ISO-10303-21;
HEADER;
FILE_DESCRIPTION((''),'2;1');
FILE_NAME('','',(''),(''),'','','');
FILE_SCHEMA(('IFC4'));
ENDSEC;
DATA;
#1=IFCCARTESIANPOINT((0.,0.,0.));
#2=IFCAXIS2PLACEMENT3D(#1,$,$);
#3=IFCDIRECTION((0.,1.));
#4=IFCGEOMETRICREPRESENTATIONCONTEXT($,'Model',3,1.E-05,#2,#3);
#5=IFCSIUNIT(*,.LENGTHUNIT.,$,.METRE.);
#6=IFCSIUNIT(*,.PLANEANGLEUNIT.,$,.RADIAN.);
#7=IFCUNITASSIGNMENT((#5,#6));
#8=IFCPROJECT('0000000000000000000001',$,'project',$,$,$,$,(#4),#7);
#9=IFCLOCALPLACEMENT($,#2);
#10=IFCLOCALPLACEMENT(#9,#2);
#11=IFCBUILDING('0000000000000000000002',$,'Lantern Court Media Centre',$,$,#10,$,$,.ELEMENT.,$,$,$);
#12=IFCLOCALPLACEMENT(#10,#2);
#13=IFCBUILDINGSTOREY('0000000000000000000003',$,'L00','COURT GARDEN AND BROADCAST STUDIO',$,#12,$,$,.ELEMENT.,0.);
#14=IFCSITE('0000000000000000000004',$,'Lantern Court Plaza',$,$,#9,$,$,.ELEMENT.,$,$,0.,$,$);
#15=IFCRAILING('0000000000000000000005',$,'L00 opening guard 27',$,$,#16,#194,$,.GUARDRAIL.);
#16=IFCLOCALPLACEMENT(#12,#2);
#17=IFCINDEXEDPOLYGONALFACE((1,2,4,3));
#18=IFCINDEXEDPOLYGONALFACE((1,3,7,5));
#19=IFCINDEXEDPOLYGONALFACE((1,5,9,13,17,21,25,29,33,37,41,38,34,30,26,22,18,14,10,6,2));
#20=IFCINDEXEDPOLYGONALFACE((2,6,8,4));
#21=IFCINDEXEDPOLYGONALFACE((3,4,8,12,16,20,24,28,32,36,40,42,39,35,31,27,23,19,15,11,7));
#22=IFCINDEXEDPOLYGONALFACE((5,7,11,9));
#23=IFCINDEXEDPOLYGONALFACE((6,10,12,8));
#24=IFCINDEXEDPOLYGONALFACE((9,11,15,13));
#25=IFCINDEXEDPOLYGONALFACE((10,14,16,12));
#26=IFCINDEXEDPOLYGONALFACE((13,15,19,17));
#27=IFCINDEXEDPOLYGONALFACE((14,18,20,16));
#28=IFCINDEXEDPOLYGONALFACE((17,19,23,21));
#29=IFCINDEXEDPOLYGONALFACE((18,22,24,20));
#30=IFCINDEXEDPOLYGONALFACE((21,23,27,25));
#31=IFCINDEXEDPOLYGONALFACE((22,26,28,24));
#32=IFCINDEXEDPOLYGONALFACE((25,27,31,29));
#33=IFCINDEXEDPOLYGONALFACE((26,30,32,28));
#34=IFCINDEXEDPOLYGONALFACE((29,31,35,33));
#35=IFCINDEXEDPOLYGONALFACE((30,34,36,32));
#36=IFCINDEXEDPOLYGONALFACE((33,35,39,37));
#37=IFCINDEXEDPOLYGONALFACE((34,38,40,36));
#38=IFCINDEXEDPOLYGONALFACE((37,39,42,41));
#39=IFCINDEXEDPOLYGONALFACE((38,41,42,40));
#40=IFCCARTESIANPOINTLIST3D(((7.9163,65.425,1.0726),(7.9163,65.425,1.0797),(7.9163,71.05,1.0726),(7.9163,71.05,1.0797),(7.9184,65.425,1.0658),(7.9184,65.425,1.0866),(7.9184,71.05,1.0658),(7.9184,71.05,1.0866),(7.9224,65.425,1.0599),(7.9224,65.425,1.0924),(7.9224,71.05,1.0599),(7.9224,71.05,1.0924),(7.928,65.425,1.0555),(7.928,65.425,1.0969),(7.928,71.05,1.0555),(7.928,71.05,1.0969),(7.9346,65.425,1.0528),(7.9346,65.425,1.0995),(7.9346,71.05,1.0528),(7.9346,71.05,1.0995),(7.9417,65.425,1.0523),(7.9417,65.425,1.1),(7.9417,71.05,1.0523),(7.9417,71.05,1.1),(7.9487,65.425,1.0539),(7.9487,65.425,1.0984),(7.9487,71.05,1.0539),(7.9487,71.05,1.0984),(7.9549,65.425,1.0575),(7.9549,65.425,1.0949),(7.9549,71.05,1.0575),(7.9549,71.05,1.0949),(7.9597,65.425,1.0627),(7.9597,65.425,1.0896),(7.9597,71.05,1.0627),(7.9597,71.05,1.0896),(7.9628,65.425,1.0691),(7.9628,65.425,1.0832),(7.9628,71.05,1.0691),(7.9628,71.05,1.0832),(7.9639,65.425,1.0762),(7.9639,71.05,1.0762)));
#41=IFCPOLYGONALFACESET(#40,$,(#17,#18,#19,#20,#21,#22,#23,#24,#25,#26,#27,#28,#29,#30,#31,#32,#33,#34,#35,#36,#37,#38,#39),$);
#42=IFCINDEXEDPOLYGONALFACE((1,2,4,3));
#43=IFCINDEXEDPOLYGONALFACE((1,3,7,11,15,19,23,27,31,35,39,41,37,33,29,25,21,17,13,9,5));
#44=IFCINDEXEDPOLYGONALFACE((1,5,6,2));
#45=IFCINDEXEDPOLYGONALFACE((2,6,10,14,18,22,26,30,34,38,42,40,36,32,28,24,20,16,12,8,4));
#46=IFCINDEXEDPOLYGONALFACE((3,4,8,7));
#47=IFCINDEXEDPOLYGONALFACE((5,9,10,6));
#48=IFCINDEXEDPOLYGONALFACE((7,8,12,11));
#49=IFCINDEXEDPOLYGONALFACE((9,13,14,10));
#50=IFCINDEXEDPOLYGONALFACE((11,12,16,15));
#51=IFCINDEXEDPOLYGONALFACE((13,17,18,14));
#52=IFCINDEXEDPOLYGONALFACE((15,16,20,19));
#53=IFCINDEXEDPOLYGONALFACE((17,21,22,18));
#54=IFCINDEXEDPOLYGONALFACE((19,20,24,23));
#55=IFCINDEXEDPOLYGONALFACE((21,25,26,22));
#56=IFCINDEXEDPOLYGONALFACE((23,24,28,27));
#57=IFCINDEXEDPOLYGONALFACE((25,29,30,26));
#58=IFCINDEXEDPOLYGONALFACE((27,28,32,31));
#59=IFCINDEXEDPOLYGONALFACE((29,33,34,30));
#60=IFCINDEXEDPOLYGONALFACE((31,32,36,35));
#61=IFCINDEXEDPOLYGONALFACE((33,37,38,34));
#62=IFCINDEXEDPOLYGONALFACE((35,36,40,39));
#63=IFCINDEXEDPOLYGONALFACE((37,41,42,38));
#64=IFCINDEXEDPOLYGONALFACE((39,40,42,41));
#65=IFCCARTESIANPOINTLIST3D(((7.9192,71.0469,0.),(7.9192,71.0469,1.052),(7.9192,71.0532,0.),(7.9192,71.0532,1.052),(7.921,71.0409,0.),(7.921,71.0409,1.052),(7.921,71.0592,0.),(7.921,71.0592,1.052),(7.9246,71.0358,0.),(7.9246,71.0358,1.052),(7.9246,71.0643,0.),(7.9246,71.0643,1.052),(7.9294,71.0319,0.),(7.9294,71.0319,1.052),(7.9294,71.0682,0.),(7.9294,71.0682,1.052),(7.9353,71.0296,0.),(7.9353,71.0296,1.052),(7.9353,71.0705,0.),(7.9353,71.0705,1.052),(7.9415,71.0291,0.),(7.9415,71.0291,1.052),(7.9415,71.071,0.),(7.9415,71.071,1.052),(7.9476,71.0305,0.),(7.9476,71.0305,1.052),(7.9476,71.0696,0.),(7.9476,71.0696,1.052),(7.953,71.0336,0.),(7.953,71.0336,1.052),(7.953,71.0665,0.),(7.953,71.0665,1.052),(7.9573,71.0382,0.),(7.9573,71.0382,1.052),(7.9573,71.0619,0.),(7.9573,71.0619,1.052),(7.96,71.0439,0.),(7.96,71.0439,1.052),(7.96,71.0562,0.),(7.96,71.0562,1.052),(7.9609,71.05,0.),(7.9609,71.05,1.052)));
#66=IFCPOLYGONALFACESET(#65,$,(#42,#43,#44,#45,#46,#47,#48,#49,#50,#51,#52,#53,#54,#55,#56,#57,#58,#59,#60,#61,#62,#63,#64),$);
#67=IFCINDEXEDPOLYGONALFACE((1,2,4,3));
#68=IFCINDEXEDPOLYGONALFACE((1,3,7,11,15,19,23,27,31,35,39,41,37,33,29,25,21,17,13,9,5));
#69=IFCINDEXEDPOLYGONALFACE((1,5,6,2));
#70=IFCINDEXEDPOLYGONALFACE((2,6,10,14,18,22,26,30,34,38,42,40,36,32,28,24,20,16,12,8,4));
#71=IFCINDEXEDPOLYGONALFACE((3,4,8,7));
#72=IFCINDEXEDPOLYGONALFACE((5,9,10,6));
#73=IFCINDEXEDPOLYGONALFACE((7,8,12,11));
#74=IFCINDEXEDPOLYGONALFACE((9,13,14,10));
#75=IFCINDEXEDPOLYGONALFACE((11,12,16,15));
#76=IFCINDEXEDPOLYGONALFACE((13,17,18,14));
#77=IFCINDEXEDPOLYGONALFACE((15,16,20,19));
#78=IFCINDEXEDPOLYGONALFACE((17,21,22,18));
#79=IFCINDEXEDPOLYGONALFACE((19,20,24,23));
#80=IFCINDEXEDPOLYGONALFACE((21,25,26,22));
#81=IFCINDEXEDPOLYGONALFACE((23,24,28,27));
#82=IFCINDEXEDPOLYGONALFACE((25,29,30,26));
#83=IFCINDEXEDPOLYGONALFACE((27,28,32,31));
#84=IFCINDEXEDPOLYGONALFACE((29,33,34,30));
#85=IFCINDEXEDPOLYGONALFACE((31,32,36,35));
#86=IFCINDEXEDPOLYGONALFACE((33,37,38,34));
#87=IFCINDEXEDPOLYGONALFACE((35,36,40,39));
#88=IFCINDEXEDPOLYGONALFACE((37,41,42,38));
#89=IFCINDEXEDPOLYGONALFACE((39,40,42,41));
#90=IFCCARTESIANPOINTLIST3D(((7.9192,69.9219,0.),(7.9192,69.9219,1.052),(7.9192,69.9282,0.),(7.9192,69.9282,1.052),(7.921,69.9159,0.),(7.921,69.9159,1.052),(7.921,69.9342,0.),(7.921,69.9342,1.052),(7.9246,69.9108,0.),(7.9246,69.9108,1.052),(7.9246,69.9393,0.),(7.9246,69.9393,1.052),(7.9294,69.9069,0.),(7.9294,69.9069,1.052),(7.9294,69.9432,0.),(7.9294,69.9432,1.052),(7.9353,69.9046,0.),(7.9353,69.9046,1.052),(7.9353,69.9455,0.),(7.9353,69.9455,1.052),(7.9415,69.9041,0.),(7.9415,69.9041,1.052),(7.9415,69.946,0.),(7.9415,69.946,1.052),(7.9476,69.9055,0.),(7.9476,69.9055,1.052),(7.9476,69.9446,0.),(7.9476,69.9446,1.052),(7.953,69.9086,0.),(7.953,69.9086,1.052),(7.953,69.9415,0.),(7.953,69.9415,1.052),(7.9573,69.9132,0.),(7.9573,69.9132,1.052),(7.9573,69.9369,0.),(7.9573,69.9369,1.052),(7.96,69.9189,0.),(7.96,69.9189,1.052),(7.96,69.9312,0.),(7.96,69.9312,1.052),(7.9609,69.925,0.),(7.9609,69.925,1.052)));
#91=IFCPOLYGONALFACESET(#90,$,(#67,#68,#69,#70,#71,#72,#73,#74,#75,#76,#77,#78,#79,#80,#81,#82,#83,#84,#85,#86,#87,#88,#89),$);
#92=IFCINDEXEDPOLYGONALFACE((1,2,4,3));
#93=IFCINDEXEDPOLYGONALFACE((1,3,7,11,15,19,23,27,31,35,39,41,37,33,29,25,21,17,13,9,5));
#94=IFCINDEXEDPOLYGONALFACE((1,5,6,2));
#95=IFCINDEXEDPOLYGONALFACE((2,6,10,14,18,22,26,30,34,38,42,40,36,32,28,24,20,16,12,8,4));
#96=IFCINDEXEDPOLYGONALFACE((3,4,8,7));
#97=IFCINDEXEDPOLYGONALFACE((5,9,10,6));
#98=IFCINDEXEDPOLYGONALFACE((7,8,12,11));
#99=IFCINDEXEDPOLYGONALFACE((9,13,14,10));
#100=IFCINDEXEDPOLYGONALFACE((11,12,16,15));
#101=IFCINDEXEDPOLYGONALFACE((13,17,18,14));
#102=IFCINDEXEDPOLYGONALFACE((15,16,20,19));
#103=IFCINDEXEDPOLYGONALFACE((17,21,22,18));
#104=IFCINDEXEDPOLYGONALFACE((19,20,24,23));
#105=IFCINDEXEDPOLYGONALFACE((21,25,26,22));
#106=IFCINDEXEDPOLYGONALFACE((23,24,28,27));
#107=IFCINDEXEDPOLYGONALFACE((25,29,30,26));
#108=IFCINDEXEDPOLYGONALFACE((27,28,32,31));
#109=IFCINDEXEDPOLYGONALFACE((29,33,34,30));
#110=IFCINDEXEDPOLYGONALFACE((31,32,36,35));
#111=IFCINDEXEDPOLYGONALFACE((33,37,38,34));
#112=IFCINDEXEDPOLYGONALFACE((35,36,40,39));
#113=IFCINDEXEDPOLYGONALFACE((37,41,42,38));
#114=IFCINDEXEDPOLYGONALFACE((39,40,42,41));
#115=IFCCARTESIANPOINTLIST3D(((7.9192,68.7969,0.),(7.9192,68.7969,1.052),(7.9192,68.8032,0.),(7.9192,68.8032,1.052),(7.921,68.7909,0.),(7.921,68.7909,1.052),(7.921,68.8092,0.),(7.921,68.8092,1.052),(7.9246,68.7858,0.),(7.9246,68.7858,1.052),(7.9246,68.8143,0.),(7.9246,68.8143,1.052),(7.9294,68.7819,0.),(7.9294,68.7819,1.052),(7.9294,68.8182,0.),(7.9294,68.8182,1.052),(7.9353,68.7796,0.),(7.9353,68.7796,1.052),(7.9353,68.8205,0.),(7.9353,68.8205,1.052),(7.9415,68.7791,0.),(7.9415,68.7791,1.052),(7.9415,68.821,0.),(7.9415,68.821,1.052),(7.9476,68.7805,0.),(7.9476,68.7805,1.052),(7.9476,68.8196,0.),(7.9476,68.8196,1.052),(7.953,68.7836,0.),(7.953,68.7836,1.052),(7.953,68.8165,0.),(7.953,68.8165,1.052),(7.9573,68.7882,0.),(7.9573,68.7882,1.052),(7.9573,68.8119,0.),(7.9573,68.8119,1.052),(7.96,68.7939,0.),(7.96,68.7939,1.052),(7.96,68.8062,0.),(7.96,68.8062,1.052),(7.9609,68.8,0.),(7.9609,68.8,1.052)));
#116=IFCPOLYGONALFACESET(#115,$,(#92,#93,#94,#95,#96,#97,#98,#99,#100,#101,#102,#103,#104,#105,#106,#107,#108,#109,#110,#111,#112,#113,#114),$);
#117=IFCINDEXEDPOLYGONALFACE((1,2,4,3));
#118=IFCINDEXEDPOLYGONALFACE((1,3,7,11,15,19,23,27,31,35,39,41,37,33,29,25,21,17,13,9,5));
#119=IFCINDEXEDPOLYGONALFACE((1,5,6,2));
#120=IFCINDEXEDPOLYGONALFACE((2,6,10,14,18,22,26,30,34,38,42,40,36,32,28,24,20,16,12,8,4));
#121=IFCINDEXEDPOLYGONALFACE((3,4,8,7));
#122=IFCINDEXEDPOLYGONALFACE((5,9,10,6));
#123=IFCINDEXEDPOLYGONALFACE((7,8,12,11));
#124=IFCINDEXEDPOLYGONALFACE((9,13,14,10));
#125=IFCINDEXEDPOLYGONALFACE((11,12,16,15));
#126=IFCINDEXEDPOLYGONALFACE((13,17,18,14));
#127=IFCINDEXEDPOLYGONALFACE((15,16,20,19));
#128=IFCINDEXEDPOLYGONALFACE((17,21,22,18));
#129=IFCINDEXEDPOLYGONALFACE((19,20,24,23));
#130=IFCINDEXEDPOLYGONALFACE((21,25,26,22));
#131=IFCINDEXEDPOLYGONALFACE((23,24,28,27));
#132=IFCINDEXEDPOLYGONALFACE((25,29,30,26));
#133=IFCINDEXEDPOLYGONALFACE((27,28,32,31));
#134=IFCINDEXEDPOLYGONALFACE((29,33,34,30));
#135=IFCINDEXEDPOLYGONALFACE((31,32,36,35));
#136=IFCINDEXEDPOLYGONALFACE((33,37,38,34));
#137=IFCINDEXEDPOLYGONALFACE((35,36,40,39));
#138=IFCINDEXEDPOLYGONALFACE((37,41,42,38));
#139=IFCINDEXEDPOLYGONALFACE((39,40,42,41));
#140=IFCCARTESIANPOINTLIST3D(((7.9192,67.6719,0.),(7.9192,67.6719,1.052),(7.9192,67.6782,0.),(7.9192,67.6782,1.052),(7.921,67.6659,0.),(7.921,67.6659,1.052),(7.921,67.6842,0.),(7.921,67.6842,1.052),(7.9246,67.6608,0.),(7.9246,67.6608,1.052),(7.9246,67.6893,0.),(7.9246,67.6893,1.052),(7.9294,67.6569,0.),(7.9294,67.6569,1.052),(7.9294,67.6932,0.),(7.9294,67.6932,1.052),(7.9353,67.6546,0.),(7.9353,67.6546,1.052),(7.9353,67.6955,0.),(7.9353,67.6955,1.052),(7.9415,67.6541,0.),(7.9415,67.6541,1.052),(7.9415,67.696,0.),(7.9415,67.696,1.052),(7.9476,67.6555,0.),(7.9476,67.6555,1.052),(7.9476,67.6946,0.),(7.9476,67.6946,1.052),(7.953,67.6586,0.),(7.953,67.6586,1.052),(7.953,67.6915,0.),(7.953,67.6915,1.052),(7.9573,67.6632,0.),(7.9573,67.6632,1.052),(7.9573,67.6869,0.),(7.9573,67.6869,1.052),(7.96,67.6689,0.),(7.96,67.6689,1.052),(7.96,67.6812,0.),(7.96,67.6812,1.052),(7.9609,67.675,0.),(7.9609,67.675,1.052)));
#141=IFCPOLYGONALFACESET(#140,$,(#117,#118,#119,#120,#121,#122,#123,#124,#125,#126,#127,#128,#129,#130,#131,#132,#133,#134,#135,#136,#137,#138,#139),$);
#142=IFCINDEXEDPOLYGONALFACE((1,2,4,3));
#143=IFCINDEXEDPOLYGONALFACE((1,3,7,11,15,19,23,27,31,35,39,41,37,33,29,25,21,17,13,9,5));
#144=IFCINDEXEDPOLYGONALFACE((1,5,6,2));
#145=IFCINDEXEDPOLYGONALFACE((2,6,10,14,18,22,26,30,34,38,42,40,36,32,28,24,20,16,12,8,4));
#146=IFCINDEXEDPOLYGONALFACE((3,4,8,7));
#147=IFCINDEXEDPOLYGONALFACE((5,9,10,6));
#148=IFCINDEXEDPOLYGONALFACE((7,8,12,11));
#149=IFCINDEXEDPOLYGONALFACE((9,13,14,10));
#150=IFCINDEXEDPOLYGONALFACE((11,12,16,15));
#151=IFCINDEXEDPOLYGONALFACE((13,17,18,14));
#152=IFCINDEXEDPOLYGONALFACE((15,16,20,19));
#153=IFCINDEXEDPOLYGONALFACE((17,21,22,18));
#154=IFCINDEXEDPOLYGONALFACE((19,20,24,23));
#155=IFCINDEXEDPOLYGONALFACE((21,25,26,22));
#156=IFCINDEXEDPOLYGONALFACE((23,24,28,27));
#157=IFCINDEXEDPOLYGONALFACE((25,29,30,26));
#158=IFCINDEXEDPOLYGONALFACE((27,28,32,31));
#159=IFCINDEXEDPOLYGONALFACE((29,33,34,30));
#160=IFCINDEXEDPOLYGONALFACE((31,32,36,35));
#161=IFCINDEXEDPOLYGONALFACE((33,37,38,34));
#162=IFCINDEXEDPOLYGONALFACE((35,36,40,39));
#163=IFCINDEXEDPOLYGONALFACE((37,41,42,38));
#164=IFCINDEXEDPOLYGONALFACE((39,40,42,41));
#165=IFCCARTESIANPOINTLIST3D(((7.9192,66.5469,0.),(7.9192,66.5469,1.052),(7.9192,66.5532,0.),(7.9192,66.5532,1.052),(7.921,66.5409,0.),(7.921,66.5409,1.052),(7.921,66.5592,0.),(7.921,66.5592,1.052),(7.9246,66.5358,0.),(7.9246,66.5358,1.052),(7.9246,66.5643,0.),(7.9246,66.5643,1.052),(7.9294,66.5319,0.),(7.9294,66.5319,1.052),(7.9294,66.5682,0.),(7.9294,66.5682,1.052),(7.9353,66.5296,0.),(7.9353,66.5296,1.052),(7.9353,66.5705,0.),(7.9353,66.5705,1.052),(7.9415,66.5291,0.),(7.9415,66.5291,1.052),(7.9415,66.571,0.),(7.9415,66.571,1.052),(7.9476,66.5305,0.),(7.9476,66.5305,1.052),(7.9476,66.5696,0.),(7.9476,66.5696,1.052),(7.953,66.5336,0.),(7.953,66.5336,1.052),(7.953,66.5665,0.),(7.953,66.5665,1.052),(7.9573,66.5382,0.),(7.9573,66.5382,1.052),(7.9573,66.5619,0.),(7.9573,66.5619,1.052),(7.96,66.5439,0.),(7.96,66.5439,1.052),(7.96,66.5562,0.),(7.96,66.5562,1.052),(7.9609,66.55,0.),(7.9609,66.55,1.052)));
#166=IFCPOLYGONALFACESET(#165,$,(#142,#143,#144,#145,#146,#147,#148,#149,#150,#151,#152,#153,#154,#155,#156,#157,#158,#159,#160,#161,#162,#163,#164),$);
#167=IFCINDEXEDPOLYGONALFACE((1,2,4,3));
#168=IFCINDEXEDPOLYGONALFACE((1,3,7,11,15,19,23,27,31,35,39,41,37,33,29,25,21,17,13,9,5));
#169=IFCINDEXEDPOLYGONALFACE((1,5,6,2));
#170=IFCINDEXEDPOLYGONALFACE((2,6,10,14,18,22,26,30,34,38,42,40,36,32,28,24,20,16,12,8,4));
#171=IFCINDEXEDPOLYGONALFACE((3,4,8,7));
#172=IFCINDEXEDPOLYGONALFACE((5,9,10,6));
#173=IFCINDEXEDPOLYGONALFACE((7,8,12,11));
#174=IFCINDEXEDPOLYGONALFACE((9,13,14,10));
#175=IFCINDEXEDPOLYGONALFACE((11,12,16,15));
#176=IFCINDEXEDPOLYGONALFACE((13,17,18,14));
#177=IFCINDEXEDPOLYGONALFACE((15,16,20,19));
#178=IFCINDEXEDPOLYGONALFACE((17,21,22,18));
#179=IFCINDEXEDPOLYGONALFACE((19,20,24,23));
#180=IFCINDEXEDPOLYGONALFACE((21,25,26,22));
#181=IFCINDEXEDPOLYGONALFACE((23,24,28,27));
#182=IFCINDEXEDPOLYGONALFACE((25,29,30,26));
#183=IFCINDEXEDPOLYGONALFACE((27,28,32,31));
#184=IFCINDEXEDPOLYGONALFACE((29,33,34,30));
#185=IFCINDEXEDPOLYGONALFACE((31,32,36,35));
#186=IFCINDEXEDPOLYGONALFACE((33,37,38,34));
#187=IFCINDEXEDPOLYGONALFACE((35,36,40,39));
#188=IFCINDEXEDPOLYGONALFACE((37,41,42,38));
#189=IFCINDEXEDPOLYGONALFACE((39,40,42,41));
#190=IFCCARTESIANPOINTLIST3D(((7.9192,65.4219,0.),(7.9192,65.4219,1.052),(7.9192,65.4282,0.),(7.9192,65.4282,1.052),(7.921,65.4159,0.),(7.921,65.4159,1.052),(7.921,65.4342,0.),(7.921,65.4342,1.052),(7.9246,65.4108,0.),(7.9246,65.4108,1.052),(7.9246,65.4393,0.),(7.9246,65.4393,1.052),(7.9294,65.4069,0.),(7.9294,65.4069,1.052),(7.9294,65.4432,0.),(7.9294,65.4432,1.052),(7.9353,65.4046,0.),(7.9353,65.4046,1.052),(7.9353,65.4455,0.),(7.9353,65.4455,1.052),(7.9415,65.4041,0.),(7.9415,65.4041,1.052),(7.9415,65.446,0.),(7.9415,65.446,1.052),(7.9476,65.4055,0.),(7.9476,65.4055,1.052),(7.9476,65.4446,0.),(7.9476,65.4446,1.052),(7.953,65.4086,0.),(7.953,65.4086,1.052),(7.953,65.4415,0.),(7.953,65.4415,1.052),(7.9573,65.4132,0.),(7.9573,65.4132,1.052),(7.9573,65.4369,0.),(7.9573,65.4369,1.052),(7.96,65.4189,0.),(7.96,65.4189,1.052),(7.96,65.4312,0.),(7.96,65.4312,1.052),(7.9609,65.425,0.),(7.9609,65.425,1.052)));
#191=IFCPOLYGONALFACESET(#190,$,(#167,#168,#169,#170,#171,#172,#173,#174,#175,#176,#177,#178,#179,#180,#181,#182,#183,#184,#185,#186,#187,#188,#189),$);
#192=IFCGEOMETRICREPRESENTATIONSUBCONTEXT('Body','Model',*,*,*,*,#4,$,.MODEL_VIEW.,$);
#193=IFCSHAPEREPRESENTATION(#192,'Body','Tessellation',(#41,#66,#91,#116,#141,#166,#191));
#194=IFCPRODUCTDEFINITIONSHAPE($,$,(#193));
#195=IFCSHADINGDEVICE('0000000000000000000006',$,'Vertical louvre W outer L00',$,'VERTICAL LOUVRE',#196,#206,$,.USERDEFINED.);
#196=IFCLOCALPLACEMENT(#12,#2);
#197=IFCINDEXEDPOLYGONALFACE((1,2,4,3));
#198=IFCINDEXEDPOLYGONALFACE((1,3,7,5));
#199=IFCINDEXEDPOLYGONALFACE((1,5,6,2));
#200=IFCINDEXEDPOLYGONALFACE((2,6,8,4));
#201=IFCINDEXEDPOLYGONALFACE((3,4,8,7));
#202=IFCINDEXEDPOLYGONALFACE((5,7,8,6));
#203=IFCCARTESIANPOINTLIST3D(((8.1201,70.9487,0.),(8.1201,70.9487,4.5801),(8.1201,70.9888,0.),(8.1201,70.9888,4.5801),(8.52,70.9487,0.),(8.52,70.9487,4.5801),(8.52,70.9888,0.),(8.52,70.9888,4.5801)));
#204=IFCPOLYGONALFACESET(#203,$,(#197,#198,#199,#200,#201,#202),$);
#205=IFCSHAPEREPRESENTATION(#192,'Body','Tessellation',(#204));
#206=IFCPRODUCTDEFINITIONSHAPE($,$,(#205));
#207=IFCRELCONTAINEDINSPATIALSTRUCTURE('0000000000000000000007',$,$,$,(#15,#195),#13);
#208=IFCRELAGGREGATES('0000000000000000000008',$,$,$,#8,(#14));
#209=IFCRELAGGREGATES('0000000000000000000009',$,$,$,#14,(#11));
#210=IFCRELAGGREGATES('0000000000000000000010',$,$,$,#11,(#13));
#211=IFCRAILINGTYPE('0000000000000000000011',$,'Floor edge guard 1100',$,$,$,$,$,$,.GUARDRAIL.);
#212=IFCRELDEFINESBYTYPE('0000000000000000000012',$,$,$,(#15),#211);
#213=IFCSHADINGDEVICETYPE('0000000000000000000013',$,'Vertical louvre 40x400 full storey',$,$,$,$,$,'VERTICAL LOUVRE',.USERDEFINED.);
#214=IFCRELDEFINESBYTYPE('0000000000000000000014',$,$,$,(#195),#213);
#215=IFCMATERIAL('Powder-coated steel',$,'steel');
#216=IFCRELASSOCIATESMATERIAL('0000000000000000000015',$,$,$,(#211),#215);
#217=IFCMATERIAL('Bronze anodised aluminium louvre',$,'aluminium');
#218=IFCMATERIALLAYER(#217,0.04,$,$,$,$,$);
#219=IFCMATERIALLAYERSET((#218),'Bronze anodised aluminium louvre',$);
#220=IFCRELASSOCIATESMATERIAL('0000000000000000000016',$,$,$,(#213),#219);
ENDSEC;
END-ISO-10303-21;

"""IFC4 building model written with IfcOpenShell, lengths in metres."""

from ifc_helpers import new_model, si_unit, direction, frame, origin, origin_2d, place, context, subcontext, project, spatial, rectangle, circle, extrude, material, layer, layer_set, type_object, element, save


model = new_model("IFC4")

# Units and contexts
model_context = context("Model", 3, precision=1e-05, world=origin(), true_north=direction((0.0, 1.0)))
body_context = subcontext(model_context, "Body", "Model", "MODEL_VIEW")
ifc_project = project(units=[si_unit("LENGTHUNIT", "METRE"), si_unit("PLANEANGLEUNIT", "RADIAN")], contexts=[model_context])

# Site, building, storey
site_placement = place(None, origin())
site = spatial("IfcSite", under=ifc_project, at=site_placement, Name="Lantern Court Plaza", CompositionType="ELEMENT", RefElevation=0.0)
building_placement = place(site_placement, origin())
building = spatial("IfcBuilding", under=site, at=building_placement, Name="Lantern Court Media Centre", CompositionType="ELEMENT")
storey_placement = place(building_placement, origin())
storey = spatial("IfcBuildingStorey", under=building, at=storey_placement, Name="L00", Description="COURT GARDEN AND BROADCAST STUDIO", CompositionType="ELEMENT", Elevation=0.0)

# Railing
ifc_material_1 = material(Name="Powder-coated steel", Category="steel")
railing_type = type_object("IfcRailingType", Name="Floor edge guard 1100", PredefinedType="GUARDRAIL", material=ifc_material_1)
railing_placement = place(storey_placement, frame((7.9399, 71.05, 0.0)))
element("IfcRailing", 1, at=railing_placement, inside=storey, type_object=railing_type, Name="L00 opening guard 27", PredefinedType="GUARDRAIL", context=body_context, shape_type="SweptSolid", body=[
    extrude(circle(Radius=0.0239, at=origin_2d()), frame((0.0, 0.0, 1.0762), z_axis=(0.0, -1.0, 0.0), x_axis=(1.0, 0.0, 0.0)), (0.0, 0.0, 1.0), 5.625),
    extrude(circle(Radius=0.021, at=origin_2d()), origin(), (0.0, 0.0, 1.0), 1.052),
    extrude(circle(Radius=0.021, at=origin_2d()), frame((0.0, -1.125, 0.0)), (0.0, 0.0, 1.0), 1.052),
    extrude(circle(Radius=0.021, at=origin_2d()), frame((0.0, -2.25, 0.0)), (0.0, 0.0, 1.0), 1.052),
    extrude(circle(Radius=0.021, at=origin_2d()), frame((0.0, -3.375, 0.0)), (0.0, 0.0, 1.0), 1.052),
    extrude(circle(Radius=0.021, at=origin_2d()), frame((0.0, -4.5, 0.0)), (0.0, 0.0, 1.0), 1.052),
    extrude(circle(Radius=0.021, at=origin_2d()), frame((0.0, -5.625, 0.0)), (0.0, 0.0, 1.0), 1.052),
])

# Shading device
ifc_material_2 = material(Name="Bronze anodised aluminium louvre", Category="aluminium")
ifc_layer_1 = layer(ifc_material_2, 0.04)
ifc_layer_set_1 = layer_set([ifc_layer_1], Name="Bronze anodised aluminium louvre")
shading_device_type = type_object("IfcShadingDeviceType", Name="Vertical louvre 40x400 full storey", ElementType="VERTICAL LOUVRE", PredefinedType="USERDEFINED", material=ifc_layer_set_1)
shading_device_placement = place(storey_placement, frame((8.3201, 70.9688, 0.0), z_axis=(0.0, 0.0, 1.0), x_axis=(1.0, 0.0, 0.0)))
element("IfcShadingDevice", 2, at=shading_device_placement, inside=storey, type_object=shading_device_type, Name="Vertical louvre W outer L00", ObjectType="VERTICAL LOUVRE", PredefinedType="USERDEFINED", context=body_context, shape_type="SweptSolid", body=[
    extrude(rectangle(XDim=0.3999, YDim=0.04, at=origin_2d()), origin(), (0.0, 0.0, 1.0), 4.5801),
])

save(model, "model.ifc")
